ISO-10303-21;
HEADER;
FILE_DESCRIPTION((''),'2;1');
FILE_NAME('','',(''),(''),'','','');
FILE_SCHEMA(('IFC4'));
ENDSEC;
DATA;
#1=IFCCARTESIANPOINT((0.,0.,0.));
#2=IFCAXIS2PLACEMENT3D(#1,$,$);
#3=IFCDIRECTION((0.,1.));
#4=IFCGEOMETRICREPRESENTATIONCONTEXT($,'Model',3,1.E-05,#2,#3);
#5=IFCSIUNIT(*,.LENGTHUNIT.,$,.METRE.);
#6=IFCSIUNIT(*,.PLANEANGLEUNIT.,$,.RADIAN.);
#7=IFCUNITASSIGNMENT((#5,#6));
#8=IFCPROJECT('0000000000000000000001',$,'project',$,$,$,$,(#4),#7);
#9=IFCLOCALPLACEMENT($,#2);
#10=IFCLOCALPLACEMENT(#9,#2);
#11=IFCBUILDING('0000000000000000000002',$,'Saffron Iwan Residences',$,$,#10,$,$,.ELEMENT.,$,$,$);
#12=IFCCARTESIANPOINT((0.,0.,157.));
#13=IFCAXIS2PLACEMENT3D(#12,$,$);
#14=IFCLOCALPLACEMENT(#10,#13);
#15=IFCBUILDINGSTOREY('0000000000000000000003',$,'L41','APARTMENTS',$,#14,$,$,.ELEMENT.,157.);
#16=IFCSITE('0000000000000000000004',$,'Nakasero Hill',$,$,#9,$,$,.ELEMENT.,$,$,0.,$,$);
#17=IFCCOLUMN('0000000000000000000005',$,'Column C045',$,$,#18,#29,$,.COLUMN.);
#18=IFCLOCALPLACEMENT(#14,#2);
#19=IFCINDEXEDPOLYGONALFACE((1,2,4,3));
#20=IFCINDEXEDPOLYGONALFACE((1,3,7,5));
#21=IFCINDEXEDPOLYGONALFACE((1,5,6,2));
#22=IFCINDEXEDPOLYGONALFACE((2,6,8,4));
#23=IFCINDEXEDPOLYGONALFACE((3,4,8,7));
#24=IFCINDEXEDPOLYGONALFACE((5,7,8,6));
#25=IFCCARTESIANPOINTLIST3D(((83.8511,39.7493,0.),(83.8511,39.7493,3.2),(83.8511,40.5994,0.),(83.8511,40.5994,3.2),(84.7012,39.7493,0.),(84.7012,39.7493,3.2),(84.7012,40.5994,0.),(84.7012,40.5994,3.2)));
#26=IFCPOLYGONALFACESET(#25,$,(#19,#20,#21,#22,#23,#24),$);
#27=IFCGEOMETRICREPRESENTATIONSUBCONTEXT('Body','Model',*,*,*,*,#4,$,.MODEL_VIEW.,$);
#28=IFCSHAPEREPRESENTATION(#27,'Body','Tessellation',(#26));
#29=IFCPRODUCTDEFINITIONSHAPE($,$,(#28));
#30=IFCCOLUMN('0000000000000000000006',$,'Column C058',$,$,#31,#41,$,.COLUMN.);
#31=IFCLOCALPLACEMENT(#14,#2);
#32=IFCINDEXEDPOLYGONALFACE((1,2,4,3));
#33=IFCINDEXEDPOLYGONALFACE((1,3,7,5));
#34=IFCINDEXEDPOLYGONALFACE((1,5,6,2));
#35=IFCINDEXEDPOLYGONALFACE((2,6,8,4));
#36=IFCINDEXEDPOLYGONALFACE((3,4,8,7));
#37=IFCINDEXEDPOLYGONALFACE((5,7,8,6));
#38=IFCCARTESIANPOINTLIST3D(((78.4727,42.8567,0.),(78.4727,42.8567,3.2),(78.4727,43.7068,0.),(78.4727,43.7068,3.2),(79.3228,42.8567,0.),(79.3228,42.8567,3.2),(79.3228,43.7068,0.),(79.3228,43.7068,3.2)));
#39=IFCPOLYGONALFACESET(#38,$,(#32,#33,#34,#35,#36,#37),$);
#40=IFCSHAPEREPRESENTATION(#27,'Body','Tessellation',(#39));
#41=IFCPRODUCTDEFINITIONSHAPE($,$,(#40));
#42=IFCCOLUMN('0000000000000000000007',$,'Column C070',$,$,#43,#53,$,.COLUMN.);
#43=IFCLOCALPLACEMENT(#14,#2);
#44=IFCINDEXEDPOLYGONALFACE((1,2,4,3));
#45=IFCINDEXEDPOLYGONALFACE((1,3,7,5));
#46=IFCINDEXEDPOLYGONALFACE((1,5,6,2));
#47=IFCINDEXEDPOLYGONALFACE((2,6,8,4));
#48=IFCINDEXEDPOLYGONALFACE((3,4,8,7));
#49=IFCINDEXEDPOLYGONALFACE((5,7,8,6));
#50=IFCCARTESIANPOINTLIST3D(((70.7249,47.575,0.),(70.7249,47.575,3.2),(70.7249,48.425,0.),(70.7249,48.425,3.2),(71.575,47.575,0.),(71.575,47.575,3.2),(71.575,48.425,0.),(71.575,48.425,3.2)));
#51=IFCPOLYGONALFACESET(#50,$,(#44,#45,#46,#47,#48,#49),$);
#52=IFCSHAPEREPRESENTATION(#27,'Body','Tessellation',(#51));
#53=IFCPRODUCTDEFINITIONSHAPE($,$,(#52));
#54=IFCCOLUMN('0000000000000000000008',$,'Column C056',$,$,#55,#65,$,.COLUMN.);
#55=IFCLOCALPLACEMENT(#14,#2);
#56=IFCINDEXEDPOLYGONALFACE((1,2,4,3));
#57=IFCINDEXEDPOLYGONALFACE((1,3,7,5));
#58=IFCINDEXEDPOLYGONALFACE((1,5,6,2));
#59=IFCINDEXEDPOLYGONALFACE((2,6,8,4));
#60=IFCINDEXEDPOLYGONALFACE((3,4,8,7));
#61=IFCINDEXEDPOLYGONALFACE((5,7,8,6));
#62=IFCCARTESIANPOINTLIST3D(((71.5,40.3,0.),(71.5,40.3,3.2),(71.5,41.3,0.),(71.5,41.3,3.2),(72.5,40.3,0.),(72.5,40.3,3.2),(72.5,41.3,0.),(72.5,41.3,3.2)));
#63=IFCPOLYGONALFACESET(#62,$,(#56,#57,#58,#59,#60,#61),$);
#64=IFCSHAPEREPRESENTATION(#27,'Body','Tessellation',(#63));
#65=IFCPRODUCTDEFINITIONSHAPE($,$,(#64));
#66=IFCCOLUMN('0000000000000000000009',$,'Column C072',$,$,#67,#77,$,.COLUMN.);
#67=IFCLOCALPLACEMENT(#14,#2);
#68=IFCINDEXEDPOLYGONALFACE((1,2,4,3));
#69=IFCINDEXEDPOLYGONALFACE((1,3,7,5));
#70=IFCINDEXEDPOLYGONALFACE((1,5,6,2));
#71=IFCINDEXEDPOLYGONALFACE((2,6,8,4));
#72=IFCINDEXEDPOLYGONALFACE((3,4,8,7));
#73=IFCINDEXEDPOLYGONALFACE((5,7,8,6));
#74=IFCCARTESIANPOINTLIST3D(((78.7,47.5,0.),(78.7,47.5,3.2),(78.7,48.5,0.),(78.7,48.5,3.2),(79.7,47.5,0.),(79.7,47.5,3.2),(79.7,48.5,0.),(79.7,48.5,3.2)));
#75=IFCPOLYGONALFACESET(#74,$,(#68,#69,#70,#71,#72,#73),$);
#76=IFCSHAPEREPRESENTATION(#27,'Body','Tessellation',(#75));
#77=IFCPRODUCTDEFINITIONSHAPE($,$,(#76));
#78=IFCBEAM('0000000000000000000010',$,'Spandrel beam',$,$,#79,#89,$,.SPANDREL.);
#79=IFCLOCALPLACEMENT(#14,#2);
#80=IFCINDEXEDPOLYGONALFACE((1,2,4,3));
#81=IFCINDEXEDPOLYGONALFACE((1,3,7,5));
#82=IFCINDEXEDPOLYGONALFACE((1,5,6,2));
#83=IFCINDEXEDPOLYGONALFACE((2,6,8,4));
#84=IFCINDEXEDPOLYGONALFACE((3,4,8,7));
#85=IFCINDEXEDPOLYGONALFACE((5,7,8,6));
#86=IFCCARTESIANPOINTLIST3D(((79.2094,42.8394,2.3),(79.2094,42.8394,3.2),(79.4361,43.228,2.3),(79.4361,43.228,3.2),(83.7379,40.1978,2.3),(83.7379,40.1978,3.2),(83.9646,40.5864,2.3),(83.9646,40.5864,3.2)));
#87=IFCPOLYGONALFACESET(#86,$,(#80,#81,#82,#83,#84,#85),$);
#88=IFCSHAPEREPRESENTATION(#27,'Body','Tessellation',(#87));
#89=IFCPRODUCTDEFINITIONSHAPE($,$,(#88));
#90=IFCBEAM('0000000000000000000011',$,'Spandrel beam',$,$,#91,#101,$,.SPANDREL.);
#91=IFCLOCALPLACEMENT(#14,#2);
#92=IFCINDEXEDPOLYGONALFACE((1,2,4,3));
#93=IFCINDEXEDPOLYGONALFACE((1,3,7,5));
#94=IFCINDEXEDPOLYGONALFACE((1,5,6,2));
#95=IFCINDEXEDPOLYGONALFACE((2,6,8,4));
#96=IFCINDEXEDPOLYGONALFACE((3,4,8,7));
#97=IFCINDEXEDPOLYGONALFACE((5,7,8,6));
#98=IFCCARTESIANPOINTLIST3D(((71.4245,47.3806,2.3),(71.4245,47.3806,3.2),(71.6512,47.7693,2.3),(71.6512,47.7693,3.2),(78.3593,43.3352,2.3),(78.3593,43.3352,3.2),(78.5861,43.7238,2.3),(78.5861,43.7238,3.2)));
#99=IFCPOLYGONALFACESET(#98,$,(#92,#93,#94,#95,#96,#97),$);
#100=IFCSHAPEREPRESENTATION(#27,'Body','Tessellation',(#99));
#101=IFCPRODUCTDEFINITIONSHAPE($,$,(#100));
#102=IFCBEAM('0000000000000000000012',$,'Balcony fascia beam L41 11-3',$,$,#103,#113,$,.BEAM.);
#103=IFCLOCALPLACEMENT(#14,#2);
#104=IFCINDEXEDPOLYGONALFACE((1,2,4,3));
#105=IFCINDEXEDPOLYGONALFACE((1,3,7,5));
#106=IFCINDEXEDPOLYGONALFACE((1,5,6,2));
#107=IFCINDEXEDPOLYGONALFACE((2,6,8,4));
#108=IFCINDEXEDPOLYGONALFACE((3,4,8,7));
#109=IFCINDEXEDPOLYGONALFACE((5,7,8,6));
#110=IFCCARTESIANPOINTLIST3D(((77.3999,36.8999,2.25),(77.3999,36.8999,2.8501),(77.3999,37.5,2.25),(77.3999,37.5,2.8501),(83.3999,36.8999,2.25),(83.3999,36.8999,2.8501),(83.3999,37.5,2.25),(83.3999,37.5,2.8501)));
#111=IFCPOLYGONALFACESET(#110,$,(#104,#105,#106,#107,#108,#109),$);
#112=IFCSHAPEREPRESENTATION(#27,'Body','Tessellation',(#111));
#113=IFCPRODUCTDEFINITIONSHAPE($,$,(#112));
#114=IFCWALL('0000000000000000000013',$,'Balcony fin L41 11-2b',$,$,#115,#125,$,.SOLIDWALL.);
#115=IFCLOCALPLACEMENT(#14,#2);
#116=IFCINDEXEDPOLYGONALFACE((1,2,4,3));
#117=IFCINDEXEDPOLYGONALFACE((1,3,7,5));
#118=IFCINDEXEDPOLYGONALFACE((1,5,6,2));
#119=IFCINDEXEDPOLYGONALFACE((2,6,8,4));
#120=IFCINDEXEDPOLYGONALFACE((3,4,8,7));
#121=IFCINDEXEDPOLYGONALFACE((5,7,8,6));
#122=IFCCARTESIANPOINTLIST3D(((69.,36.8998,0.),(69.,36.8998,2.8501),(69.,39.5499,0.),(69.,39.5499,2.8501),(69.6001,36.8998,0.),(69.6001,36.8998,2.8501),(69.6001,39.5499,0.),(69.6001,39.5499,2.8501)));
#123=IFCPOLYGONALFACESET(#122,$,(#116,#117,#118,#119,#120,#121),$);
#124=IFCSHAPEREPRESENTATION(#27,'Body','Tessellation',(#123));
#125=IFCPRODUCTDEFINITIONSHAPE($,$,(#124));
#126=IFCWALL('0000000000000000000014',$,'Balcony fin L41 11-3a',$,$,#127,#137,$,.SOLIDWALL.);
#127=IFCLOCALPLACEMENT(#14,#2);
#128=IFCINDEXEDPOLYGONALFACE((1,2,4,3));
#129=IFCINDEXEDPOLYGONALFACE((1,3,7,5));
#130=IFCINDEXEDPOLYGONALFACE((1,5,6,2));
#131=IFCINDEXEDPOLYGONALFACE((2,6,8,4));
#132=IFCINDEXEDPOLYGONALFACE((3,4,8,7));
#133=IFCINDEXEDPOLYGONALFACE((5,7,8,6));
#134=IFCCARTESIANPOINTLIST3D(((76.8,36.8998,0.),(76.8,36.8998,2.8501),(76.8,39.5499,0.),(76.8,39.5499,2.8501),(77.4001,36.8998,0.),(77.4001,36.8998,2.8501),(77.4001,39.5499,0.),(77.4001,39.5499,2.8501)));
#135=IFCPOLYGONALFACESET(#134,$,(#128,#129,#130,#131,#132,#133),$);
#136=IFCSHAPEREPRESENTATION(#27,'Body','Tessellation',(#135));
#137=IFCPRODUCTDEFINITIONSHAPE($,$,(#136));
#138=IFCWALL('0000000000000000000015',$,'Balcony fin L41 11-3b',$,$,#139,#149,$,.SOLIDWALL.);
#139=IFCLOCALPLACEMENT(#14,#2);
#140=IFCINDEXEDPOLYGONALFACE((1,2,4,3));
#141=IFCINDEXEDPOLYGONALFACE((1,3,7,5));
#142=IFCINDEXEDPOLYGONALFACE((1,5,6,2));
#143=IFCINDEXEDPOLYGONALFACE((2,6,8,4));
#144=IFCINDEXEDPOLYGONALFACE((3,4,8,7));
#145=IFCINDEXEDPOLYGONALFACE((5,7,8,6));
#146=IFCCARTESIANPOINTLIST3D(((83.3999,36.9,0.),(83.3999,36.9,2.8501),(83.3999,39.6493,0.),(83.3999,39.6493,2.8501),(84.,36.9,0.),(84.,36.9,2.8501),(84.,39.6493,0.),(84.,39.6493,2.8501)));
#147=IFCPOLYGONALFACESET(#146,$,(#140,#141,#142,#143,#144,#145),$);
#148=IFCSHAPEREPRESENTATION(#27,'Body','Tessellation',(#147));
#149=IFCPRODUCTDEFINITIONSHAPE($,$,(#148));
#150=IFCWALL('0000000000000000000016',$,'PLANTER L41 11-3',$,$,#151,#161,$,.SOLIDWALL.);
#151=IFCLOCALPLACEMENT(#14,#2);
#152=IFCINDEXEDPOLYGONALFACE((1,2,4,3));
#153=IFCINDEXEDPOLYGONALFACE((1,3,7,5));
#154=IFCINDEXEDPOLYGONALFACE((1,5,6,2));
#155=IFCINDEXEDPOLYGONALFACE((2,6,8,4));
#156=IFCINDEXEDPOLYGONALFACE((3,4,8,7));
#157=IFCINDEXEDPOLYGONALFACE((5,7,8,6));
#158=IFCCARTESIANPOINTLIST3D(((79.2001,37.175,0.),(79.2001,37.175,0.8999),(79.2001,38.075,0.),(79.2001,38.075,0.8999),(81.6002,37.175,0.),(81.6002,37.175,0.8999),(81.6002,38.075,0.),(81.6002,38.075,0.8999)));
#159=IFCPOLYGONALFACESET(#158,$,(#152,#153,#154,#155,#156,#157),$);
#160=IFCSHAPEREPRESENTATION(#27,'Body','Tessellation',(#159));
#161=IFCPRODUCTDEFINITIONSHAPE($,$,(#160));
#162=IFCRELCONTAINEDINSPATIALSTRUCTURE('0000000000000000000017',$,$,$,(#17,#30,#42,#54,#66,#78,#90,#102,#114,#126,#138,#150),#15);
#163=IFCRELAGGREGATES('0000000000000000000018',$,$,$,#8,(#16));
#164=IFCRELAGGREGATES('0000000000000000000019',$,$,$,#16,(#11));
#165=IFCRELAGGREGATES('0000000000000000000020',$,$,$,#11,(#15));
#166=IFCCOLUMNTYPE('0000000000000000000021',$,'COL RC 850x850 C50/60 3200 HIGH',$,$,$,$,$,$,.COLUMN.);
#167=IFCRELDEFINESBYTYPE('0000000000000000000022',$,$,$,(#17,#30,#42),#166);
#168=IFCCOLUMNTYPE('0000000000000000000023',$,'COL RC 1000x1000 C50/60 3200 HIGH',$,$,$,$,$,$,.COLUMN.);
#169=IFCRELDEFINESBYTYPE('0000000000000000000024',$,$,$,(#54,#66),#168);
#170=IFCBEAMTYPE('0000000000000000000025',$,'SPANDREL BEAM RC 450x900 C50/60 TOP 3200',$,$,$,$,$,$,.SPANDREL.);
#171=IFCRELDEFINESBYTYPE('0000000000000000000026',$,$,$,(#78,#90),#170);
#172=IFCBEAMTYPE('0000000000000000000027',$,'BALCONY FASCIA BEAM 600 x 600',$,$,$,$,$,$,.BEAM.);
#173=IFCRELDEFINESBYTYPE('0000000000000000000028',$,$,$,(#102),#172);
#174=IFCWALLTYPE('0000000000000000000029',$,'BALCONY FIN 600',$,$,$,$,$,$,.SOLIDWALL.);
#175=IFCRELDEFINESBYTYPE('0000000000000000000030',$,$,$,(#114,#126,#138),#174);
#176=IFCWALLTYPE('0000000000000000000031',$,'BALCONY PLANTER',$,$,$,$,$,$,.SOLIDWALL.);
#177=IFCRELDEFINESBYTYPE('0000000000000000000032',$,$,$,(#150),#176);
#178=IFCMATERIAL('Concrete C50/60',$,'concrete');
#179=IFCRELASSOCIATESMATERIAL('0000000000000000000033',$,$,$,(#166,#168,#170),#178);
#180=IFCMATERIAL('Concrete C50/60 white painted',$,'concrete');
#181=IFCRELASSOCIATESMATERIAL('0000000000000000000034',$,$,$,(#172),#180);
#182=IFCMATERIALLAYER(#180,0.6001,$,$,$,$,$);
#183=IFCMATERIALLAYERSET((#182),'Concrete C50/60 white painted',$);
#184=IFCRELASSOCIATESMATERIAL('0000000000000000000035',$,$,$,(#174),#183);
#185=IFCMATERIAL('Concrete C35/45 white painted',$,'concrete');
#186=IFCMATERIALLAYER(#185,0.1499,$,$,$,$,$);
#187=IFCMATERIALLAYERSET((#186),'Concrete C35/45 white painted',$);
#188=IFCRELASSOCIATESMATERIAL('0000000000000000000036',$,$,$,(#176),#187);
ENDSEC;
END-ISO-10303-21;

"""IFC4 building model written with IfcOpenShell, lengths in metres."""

from ifc_helpers import new_model, si_unit, direction, frame, frame_2d, origin, origin_2d, place, context, subcontext, project, spatial, rectangle, extrude, source, transform, mapped, material, layer, layer_set, material_profile, profile_set, type_object, element, save


model = new_model("IFC4")

# Units and contexts
model_context = context("Model", 3, precision=1e-05, world=origin(), true_north=direction((0.0, 1.0)))
body_context = subcontext(model_context, "Body", "Model", "MODEL_VIEW")
ifc_project = project(units=[si_unit("LENGTHUNIT", "METRE"), si_unit("PLANEANGLEUNIT", "RADIAN")], contexts=[model_context])

# Site, building, storey
site_placement = place(None, origin())
site = spatial("IfcSite", under=ifc_project, at=site_placement, Name="Nakasero Hill", CompositionType="ELEMENT", RefElevation=0.0)
building_placement = place(site_placement, origin())
building = spatial("IfcBuilding", under=site, at=building_placement, Name="Saffron Iwan Residences", CompositionType="ELEMENT")
storey_placement = place(building_placement, frame((0.0, 0.0, 157.0)))
storey = spatial("IfcBuildingStorey", under=building, at=storey_placement, Name="L41", Description="APARTMENTS", CompositionType="ELEMENT", Elevation=157.0)

# Columns
ifc_material_1 = material(Name="Concrete C50/60", Category="concrete")
ifc_material_profile_1 = material_profile(ifc_material_1, rectangle(XDim=0.8501, YDim=0.8501, at=origin_2d()), Name="RC 850x850")
ifc_profile_set_1 = profile_set([ifc_material_profile_1], Name="Concrete C50/60")
column_type_1 = type_object("IfcColumnType", Name="COL RC 850x850 C50/60 3200 HIGH", PredefinedType="COLUMN", material=ifc_profile_set_1)
shared_shape_1 = source(origin(), body_context, "Body", "SweptSolid", [
    extrude(rectangle(XDim=0.8501, YDim=0.8501, at=origin_2d()), origin(), (0.0, 0.0, 1.0), 3.2),
])
for number, where, z_axis, x_axis, name in (
    (1, (84.2761, 40.1743, 0.0), (0.0, 0.0, 1.0), (1.0, 0.0, 0.0), "Column C045"),
    (2, (78.8977, 43.2817, 0.0), (0.0, 0.0, 1.0), (1.0, 0.0, 0.0), "Column C058"),
    (3, (71.1499, 48.0, 0.0), (0.0, 0.0, 1.0), (1.0, 0.0, 0.0), "Column C070"),
):
    element("IfcColumn", number, at=place(storey_placement, frame(where, z_axis=z_axis, x_axis=x_axis)), inside=storey, type_object=column_type_1, Name=name, PredefinedType="COLUMN", context=body_context, shape_type="MappedRepresentation", body=[
        mapped(shared_shape_1, transform((0.0, 0.0, 0.0))),
    ])
ifc_material_profile_2 = material_profile(ifc_material_1, rectangle(XDim=1.0, YDim=1.0, at=origin_2d()), Name="RC 1000x1000")
ifc_profile_set_2 = profile_set([ifc_material_profile_2], Name="Concrete C50/60")
column_type_2 = type_object("IfcColumnType", Name="COL RC 1000x1000 C50/60 3200 HIGH", PredefinedType="COLUMN", material=ifc_profile_set_2)
shared_shape_2 = source(origin(), body_context, "Body", "SweptSolid", [
    extrude(rectangle(XDim=1.0, YDim=1.0, at=origin_2d()), origin(), (0.0, 0.0, 1.0), 3.2),
])
for number, where, z_axis, x_axis, name in (
    (4, (72.0, 40.8, 0.0), (0.0, 0.0, 1.0), (1.0, 0.0, 0.0), "Column C056"),
    (5, (79.2, 48.0, 0.0), (0.0, 0.0, 1.0), (1.0, 0.0, 0.0), "Column C072"),
):
    element("IfcColumn", number, at=place(storey_placement, frame(where, z_axis=z_axis, x_axis=x_axis)), inside=storey, type_object=column_type_2, Name=name, PredefinedType="COLUMN", context=body_context, shape_type="MappedRepresentation", body=[
        mapped(shared_shape_2, transform((0.0, 0.0, 0.0))),
    ])

# Beams
ifc_material_profile_3 = material_profile(ifc_material_1, rectangle(XDim=0.45, YDim=0.8999, at=origin_2d()), Name="RC 450x900")
ifc_profile_set_3 = profile_set([ifc_material_profile_3], Name="Concrete C50/60")
beam_type_1 = type_object("IfcBeamType", Name="SPANDREL BEAM RC 450x900 C50/60 TOP 3200", PredefinedType="SPANDREL", material=ifc_profile_set_3)
shared_shape_3 = source(origin(), body_context, "Body", "SweptSolid", [
    extrude(rectangle(XDim=0.45, YDim=0.8999, at=origin_2d()), origin(), (0.0, 0.0, 1.0), 5.2427),
])
beam_1_placement = place(storey_placement, frame((79.3228, 43.0337, 2.75), z_axis=(0.863784, -0.503862, 0.0), x_axis=(0.503862, 0.863784, 0.0)))
element("IfcBeam", 6, at=beam_1_placement, inside=storey, type_object=beam_type_1, Name="Spandrel beam", PredefinedType="SPANDREL", context=body_context, shape_type="MappedRepresentation", body=[
    mapped(shared_shape_3, transform((0.0, 0.0, 0.0))),
])
shared_shape_4 = source(origin(), body_context, "Body", "SweptSolid", [
    extrude(rectangle(XDim=0.45, YDim=0.8999, at=origin_2d()), origin(), (0.0, 0.0, 1.0), 8.0286),
])
beam_2_placement = place(storey_placement, frame((71.5378, 47.575, 2.75), z_axis=(0.863773, -0.50388, 0.0), x_axis=(0.50388, 0.863773, 0.0)))
element("IfcBeam", 7, at=beam_2_placement, inside=storey, type_object=beam_type_1, Name="Spandrel beam", PredefinedType="SPANDREL", context=body_context, shape_type="MappedRepresentation", body=[
    mapped(shared_shape_4, transform((0.0, 0.0, 0.0))),
])
ifc_material_2 = material(Name="Concrete C50/60 white painted", Category="concrete")
ifc_material_profile_4 = material_profile(ifc_material_2, rectangle(XDim=0.6001, YDim=0.6001, at=origin_2d()), Name="BALCONY FASCIA BEAM 600 x 600")
ifc_profile_set_4 = profile_set([ifc_material_profile_4], Name="Concrete C50/60 white painted")
beam_type_2 = type_object("IfcBeamType", Name="BALCONY FASCIA BEAM 600 x 600", PredefinedType="BEAM", material=ifc_profile_set_4)
shared_shape_5 = source(origin(), body_context, "Body", "SweptSolid", [
    extrude(rectangle(XDim=0.6001, YDim=0.6001, at=origin_2d()), origin(), (0.0, 0.0, 1.0), 6.0),
])
beam_3_placement = place(storey_placement, frame((77.3999, 37.2, 2.55), z_axis=(1.0, 0.0, 0.0), x_axis=(0.0, 1.0, 0.0)))
element("IfcBeam", 8, at=beam_3_placement, inside=storey, type_object=beam_type_2, Name="Balcony fascia beam L41 11-3", PredefinedType="BEAM", context=body_context, shape_type="MappedRepresentation", body=[
    mapped(shared_shape_5, transform((0.0, 0.0, 0.0))),
])

# Walls
ifc_layer_1 = layer(ifc_material_2, 0.6001)
ifc_layer_set_1 = layer_set([ifc_layer_1], Name="Concrete C50/60 white painted")
wall_type_1 = type_object("IfcWallType", Name="BALCONY FIN 600", PredefinedType="SOLIDWALL", material=ifc_layer_set_1)
for number, where, z_axis, x_axis, name in (
    (9, (69.3, 39.55, 0.0), (0.0, 0.0, 1.0), (0.0, -1.0, 0.0), "Balcony fin L41 11-2b"),
    (10, (77.1001, 39.55, 0.0), (0.0, 0.0, 1.0), (0.0, -1.0, 0.0), "Balcony fin L41 11-3a"),
):
    element("IfcWall", number, at=place(storey_placement, frame(where, z_axis=z_axis, x_axis=x_axis)), inside=storey, type_object=wall_type_1, Name=name, PredefinedType="SOLIDWALL", context=body_context, shape_type="SweptSolid", body=[
        extrude(rectangle(XDim=2.6501, YDim=0.6001, at=frame_2d((1.3252, 0.0))), origin(), (0.0, 0.0, 1.0), 2.8501),
    ])
wall_1_placement = place(storey_placement, frame((83.7, 39.6492, 0.0), z_axis=(0.0, 0.0, 1.0), x_axis=(0.0, -1.0, 0.0)))
element("IfcWall", 11, at=wall_1_placement, inside=storey, type_object=wall_type_1, Name="Balcony fin L41 11-3b", PredefinedType="SOLIDWALL", context=body_context, shape_type="SweptSolid", body=[
    extrude(rectangle(XDim=2.7493, YDim=0.6001, at=frame_2d((1.3745, 0.0))), origin(), (0.0, 0.0, 1.0), 2.8501),
])
ifc_material_3 = material(Name="Concrete C35/45 white painted", Category="concrete")
ifc_layer_2 = layer(ifc_material_3, 0.1499)
ifc_layer_set_2 = layer_set([ifc_layer_2], Name="Concrete C35/45 white painted")
wall_type_2 = type_object("IfcWallType", Name="BALCONY PLANTER", PredefinedType="SOLIDWALL", material=ifc_layer_set_2)
wall_2_placement = place(storey_placement, frame((79.2, 37.625, 0.0), z_axis=(0.0, 0.0, 1.0), x_axis=(1.0, 0.0, 0.0)))
element("IfcWall", 12, at=wall_2_placement, inside=storey, type_object=wall_type_2, Name="PLANTER L41 11-3", PredefinedType="SOLIDWALL", context=body_context, shape_type="SweptSolid", body=[
    extrude(rectangle(XDim=2.4001, YDim=0.8999, at=frame_2d((1.2002, 0.0))), origin(), (0.0, 0.0, 1.0), 0.8999),
])

save(model, "model.ifc")
